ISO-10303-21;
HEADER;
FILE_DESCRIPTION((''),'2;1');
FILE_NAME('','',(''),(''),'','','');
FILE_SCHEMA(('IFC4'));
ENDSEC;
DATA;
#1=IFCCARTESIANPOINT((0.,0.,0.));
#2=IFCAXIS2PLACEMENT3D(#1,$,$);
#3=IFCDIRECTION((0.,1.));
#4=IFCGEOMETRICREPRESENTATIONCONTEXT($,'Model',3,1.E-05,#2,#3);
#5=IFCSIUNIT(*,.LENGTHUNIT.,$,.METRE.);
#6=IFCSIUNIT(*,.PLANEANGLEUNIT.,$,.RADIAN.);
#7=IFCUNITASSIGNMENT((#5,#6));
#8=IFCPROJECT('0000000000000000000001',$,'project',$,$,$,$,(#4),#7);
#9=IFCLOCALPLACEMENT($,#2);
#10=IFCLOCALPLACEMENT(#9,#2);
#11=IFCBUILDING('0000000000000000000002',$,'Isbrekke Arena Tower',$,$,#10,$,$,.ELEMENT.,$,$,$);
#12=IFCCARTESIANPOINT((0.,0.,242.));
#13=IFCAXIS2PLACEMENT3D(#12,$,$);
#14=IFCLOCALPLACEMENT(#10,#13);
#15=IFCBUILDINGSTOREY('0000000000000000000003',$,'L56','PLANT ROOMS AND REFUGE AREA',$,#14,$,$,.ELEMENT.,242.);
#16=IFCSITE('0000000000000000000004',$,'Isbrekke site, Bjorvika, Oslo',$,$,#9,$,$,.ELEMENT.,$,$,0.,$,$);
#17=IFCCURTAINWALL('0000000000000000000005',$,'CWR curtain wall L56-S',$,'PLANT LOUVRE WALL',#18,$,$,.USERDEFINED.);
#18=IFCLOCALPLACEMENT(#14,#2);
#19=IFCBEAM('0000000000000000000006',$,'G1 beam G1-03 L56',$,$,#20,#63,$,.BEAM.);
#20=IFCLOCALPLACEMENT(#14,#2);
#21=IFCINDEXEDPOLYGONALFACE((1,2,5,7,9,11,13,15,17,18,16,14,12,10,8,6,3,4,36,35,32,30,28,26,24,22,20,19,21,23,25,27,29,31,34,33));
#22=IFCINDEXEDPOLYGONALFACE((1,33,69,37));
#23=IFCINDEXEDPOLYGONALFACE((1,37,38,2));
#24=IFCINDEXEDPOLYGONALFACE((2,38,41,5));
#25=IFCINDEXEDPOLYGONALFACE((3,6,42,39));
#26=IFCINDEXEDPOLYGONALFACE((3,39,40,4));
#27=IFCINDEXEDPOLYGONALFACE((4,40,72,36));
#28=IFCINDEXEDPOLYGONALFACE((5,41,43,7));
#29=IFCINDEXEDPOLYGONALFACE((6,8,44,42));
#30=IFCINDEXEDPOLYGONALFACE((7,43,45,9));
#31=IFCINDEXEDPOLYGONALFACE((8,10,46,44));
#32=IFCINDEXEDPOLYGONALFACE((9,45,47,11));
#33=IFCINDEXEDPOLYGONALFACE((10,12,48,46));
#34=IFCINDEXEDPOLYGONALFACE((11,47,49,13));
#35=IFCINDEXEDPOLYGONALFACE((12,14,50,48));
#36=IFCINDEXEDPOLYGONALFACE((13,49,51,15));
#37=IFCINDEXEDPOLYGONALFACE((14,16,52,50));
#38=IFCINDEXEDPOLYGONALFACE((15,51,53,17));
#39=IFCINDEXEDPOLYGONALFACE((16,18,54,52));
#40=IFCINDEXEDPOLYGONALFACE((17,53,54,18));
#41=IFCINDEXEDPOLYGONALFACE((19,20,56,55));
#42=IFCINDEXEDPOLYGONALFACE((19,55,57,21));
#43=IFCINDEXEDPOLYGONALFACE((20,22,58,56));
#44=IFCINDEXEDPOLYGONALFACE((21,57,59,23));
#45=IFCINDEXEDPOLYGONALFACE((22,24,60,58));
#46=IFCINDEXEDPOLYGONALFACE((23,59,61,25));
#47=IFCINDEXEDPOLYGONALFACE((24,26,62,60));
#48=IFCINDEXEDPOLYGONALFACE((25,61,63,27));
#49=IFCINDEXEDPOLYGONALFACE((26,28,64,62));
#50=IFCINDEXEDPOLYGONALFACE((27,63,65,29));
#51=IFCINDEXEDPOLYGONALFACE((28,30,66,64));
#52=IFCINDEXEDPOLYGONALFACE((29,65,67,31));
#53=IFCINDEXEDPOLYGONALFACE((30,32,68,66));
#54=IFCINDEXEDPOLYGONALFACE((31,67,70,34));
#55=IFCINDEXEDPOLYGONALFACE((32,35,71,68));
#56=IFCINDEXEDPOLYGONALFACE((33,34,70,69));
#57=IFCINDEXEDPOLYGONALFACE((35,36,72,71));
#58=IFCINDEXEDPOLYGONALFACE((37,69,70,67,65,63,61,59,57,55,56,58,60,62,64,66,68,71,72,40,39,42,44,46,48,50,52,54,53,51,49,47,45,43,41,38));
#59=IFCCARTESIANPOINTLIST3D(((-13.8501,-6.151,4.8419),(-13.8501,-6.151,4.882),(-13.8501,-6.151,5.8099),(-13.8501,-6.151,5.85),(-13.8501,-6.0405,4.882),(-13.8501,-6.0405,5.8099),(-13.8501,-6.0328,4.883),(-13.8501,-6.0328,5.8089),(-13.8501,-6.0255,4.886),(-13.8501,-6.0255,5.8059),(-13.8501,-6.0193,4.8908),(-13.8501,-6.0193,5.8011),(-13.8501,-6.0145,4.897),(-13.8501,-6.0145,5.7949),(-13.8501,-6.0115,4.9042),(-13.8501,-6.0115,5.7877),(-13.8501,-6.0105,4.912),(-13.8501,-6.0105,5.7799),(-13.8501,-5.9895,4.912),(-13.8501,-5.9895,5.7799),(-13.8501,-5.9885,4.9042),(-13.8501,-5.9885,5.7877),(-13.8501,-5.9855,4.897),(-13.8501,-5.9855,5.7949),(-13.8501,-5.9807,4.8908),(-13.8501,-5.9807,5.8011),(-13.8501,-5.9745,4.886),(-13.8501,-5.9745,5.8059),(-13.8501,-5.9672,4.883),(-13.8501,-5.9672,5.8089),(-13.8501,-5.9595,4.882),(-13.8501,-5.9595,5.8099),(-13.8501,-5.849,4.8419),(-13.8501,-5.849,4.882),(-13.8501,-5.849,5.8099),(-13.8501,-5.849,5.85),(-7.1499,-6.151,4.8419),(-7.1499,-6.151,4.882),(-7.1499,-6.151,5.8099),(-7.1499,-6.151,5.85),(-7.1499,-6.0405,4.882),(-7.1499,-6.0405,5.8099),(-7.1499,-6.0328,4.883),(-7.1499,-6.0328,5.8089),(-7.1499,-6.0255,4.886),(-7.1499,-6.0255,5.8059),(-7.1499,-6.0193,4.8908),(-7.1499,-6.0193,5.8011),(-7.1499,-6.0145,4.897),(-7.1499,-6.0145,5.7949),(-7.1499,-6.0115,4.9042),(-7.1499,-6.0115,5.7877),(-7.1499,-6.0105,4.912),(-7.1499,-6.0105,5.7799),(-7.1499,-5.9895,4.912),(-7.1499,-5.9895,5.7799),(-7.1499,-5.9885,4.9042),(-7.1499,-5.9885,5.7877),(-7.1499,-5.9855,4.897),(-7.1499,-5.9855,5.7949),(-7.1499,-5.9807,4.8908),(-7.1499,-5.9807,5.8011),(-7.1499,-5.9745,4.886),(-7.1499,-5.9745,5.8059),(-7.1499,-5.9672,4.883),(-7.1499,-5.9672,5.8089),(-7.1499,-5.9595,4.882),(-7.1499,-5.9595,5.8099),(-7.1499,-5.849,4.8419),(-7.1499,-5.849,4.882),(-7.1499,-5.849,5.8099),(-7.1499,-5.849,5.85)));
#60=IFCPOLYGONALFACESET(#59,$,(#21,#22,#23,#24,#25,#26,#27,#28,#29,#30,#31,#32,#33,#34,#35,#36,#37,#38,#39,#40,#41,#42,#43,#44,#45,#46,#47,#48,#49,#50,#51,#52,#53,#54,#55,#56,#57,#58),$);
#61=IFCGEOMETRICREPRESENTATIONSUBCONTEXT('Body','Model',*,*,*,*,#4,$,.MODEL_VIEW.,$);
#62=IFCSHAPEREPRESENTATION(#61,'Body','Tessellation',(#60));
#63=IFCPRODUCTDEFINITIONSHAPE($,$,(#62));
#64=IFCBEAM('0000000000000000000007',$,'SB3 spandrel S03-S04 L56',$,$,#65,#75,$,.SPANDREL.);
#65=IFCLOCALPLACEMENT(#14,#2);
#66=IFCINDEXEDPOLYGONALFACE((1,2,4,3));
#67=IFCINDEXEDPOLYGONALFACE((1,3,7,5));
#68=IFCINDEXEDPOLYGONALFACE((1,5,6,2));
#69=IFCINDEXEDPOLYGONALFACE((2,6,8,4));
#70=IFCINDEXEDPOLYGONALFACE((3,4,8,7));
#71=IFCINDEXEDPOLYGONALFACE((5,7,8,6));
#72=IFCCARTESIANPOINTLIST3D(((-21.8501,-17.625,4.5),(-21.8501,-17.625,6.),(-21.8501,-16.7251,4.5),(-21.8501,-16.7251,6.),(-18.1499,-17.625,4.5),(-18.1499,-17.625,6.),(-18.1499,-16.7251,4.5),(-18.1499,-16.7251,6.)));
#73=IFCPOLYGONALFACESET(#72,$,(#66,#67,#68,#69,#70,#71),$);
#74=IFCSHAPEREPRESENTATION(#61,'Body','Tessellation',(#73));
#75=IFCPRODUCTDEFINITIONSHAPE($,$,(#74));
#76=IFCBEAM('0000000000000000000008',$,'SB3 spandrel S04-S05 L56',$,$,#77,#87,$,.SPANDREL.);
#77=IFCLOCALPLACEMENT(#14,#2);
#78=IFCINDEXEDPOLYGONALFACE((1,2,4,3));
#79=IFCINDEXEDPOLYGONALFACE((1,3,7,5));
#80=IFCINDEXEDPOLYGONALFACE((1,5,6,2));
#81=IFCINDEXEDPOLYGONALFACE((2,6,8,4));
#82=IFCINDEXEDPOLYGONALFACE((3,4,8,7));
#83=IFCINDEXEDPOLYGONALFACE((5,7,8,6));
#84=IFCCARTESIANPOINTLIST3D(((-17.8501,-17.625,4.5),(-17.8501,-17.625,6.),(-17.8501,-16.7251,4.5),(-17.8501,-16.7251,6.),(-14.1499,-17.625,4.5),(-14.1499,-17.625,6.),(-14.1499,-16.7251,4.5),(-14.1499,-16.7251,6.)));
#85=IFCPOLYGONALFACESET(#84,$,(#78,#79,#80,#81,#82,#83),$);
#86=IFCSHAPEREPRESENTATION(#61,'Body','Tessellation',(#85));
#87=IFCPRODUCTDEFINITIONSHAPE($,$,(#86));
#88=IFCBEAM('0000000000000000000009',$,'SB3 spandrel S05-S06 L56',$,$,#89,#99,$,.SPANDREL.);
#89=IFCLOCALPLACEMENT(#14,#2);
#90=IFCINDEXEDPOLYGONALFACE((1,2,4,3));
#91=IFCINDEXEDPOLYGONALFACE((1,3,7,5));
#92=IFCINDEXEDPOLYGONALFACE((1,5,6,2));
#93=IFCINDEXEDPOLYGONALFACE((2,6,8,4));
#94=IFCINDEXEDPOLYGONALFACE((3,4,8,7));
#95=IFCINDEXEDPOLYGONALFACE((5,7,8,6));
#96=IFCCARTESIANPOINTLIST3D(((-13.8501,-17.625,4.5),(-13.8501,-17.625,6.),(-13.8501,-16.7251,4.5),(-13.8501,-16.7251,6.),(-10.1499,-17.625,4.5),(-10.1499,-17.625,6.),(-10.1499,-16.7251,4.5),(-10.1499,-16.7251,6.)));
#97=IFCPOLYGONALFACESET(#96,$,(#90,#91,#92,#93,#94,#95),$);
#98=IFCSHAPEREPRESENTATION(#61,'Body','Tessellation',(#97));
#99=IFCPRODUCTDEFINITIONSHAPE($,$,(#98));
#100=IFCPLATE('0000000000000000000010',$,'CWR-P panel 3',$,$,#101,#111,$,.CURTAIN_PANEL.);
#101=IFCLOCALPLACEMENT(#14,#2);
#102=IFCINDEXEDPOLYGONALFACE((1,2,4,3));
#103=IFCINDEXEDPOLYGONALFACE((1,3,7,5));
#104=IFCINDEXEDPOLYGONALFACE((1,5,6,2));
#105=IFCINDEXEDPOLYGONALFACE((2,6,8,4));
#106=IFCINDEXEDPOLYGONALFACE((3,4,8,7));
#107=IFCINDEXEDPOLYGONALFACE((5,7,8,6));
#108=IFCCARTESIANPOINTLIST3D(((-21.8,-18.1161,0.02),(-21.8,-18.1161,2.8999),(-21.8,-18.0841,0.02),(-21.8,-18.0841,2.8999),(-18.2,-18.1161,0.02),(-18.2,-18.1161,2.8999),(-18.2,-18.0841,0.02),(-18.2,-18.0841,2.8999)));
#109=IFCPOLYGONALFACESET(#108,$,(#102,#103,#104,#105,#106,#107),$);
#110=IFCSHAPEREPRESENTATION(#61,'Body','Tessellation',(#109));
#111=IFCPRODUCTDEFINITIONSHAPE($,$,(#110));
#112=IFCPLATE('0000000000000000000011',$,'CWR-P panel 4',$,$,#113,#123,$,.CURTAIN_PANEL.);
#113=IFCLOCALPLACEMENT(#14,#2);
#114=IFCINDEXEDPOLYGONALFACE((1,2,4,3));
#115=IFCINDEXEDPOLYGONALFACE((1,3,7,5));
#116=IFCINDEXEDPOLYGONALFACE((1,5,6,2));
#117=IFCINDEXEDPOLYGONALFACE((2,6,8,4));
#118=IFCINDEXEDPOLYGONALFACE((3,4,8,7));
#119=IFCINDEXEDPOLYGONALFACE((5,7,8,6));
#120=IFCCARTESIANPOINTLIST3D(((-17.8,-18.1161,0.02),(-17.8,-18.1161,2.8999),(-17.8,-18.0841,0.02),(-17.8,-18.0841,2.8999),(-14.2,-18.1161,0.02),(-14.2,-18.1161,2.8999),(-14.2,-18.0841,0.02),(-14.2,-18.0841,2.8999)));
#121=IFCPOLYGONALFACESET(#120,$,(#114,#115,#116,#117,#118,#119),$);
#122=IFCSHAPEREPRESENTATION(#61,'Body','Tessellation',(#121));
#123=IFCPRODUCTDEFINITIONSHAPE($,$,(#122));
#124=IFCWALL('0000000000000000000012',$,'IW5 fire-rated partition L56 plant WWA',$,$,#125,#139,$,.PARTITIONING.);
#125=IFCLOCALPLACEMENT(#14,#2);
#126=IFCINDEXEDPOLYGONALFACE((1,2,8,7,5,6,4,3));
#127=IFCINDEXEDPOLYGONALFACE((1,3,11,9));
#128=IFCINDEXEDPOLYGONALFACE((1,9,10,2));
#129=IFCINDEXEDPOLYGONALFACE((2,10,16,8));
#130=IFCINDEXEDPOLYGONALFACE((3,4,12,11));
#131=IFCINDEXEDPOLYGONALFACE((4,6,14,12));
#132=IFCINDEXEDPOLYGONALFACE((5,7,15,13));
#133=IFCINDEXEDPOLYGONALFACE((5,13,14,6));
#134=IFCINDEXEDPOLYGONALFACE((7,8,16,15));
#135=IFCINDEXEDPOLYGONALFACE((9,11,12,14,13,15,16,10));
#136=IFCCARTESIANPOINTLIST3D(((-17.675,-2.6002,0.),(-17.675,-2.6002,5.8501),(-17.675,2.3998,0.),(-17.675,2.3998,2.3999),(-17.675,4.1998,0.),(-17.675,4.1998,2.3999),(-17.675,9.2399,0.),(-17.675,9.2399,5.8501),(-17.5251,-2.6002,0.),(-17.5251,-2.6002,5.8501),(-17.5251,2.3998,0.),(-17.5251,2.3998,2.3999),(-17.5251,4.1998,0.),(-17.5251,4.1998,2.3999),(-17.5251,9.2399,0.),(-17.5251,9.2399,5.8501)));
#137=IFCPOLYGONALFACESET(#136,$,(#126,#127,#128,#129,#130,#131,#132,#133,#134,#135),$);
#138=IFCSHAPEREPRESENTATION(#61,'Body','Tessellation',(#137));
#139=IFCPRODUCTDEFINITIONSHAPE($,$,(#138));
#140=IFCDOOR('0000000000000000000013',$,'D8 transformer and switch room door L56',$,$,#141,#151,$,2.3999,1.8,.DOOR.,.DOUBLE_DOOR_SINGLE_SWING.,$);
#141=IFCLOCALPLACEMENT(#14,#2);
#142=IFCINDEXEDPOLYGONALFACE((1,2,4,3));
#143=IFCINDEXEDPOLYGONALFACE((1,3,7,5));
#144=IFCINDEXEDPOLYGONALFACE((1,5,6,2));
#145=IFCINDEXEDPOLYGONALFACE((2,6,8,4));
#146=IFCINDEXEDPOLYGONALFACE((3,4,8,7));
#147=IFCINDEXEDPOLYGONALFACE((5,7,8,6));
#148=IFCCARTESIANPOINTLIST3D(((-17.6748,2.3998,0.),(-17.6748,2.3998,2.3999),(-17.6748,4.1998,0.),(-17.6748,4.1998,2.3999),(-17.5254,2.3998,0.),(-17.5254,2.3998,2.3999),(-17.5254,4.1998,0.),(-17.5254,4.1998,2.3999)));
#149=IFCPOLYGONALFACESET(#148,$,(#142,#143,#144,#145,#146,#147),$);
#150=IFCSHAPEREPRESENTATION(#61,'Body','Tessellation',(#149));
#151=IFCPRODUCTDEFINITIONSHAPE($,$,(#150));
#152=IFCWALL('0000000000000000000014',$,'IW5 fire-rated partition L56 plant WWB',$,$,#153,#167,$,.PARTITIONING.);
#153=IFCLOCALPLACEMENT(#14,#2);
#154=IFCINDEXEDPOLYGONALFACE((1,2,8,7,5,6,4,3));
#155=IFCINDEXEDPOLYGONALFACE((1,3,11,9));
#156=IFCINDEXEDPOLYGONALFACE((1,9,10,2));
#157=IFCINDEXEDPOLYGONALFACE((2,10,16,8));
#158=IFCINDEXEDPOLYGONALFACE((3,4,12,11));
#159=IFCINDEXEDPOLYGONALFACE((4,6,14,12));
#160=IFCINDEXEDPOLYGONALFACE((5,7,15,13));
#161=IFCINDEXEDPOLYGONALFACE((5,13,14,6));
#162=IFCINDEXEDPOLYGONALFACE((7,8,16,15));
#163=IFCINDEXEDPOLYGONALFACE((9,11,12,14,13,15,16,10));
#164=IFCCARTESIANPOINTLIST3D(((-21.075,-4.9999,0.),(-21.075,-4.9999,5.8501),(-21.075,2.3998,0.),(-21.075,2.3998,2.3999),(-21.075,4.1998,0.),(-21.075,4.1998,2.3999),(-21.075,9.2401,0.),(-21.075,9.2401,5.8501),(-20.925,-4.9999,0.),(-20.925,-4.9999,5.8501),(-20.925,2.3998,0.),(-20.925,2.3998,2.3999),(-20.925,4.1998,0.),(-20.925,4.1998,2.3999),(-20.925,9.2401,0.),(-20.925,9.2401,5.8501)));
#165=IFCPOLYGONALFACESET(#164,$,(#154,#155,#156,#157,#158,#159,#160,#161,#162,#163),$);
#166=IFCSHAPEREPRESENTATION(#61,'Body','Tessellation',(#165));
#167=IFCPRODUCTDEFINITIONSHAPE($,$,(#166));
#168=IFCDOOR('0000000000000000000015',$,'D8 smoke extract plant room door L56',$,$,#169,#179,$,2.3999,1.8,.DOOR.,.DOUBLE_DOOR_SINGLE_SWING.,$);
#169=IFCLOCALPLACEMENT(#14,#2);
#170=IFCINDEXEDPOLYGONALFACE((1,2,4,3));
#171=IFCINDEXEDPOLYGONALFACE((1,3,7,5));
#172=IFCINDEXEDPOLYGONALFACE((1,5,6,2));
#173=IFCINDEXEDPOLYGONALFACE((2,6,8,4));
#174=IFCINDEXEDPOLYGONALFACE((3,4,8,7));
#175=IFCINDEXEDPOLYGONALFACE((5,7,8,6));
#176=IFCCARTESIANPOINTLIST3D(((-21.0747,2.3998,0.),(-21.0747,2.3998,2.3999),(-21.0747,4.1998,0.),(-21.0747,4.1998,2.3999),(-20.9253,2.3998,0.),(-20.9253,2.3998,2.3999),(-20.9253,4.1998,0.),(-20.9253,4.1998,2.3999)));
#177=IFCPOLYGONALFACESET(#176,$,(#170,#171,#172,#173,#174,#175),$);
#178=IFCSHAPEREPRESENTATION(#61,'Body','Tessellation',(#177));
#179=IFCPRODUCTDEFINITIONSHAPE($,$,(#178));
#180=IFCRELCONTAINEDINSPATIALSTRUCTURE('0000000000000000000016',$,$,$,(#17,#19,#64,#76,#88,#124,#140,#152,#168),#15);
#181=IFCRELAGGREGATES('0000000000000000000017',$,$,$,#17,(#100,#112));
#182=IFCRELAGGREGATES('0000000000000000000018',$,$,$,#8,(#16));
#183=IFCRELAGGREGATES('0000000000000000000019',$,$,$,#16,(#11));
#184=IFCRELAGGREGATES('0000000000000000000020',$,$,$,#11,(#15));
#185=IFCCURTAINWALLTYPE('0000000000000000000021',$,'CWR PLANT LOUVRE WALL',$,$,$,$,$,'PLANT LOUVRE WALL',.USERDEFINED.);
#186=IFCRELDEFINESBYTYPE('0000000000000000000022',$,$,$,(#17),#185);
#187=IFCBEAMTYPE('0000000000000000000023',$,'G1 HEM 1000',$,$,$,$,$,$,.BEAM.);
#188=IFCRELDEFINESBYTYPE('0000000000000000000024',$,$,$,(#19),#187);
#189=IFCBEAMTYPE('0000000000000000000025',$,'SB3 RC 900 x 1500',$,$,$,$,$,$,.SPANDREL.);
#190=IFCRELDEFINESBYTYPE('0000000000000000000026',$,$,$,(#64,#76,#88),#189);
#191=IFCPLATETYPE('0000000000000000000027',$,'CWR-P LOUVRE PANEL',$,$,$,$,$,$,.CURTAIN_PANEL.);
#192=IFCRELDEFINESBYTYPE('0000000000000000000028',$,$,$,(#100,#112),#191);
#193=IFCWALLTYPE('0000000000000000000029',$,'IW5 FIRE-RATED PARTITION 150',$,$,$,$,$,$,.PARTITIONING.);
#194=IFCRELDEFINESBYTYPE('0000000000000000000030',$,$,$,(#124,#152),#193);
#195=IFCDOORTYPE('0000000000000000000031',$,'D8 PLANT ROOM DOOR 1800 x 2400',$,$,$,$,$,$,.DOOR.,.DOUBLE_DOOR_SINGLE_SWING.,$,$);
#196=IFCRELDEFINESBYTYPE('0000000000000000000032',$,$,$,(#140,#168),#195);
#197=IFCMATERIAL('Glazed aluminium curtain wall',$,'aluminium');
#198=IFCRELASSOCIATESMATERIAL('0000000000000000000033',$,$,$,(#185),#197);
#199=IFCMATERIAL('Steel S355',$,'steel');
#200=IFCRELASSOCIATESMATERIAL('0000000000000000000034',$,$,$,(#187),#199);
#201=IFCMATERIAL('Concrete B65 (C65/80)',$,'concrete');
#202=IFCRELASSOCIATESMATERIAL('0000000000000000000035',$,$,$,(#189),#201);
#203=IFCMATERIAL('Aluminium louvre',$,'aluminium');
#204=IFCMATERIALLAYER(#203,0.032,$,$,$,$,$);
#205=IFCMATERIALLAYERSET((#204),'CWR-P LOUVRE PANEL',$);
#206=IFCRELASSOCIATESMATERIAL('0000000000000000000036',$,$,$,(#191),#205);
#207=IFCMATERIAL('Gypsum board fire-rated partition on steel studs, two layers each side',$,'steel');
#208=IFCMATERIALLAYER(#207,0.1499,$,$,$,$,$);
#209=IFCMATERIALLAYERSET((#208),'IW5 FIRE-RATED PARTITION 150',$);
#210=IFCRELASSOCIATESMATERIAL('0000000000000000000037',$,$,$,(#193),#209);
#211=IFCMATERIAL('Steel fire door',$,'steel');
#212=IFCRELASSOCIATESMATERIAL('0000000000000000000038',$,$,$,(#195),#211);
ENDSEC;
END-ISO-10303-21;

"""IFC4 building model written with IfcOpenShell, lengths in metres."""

from ifc_helpers import new_model, si_unit, direction, frame, frame_2d, origin, origin_2d, place, context, subcontext, project, spatial, rectangle, i_section, extrude, material, layer, layer_set, material_profile, profile_set, type_object, element, fill, aggregate, save


model = new_model("IFC4")

# Units and contexts
model_context = context("Model", 3, precision=1e-05, world=origin(), true_north=direction((0.0, 1.0)))
body_context = subcontext(model_context, "Body", "Model", "MODEL_VIEW")
ifc_project = project(units=[si_unit("LENGTHUNIT", "METRE"), si_unit("PLANEANGLEUNIT", "RADIAN")], contexts=[model_context])

# Site, building, storey
site_placement = place(None, origin())
site = spatial("IfcSite", under=ifc_project, at=site_placement, Name="Isbrekke site, Bjorvika, Oslo", CompositionType="ELEMENT", RefElevation=0.0)
building_placement = place(site_placement, origin())
building = spatial("IfcBuilding", under=site, at=building_placement, Name="Isbrekke Arena Tower", CompositionType="ELEMENT")
storey_placement = place(building_placement, frame((0.0, 0.0, 242.0)))
storey = spatial("IfcBuildingStorey", under=building, at=storey_placement, Name="L56", Description="PLANT ROOMS AND REFUGE AREA", CompositionType="ELEMENT", Elevation=242.0)

# Curtain wall
ifc_material_1 = material(Name="Glazed aluminium curtain wall", Category="aluminium")
curtain_wall_type = type_object("IfcCurtainWallType", Name="CWR PLANT LOUVRE WALL", ElementType="PLANT LOUVRE WALL", PredefinedType="USERDEFINED", material=ifc_material_1)
curtain_wall_placement = place(storey_placement, origin())
curtain_wall = element("IfcCurtainWall", 1, at=curtain_wall_placement, inside=storey, type_object=curtain_wall_type, Name="CWR curtain wall L56-S", ObjectType="PLANT LOUVRE WALL", PredefinedType="USERDEFINED")

# Beams
ifc_material_2 = material(Name="Steel S355", Category="steel")
ifc_material_profile_1 = material_profile(ifc_material_2, i_section(OverallWidth=0.302, OverallDepth=1.0081, WebThickness=0.021, FlangeThickness=0.04, FilletRadius=0.03, at=origin_2d()), Name="HEM 1000")
ifc_profile_set_1 = profile_set([ifc_material_profile_1], Name="Steel S355")
beam_type_1 = type_object("IfcBeamType", Name="G1 HEM 1000", PredefinedType="BEAM", material=ifc_profile_set_1)
for number, where, z_axis, x_axis, name in (
    (2, (-13.8501, -6.0, 5.3459), (1.0, 0.0, 0.0), (0.0, 1.0, 0.0), "G1 beam G1-03 L56"),
):
    element("IfcBeam", number, at=place(storey_placement, frame(where, z_axis=z_axis, x_axis=x_axis)), inside=storey, type_object=beam_type_1, Name=name, PredefinedType="BEAM", context=body_context, shape_type="SweptSolid", body=[
        extrude(i_section(OverallWidth=0.302, OverallDepth=1.0081, WebThickness=0.021, FlangeThickness=0.04, FilletRadius=0.03, at=origin_2d()), origin(), (0.0, 0.0, 1.0), 6.7002),
    ])
ifc_material_3 = material(Name="Concrete B65 (C65/80)", Category="concrete")
ifc_material_profile_2 = material_profile(ifc_material_3, rectangle(XDim=0.8999, YDim=1.5, at=origin_2d()), Name="RC 900x1500")
ifc_profile_set_2 = profile_set([ifc_material_profile_2], Name="Concrete B65 (C65/80)")
beam_type_2 = type_object("IfcBeamType", Name="SB3 RC 900 x 1500", PredefinedType="SPANDREL", material=ifc_profile_set_2)
for number, where, z_axis, x_axis, name in (
    (3, (-21.8501, -17.175, 5.25), (1.0, 0.0, 0.0), (0.0, 1.0, 0.0), "SB3 spandrel S03-S04 L56"),
    (4, (-17.8501, -17.175, 5.25), (1.0, 0.0, 0.0), (0.0, 1.0, 0.0), "SB3 spandrel S04-S05 L56"),
    (5, (-13.8501, -17.175, 5.25), (1.0, 0.0, 0.0), (0.0, 1.0, 0.0), "SB3 spandrel S05-S06 L56"),
):
    element("IfcBeam", number, at=place(storey_placement, frame(where, z_axis=z_axis, x_axis=x_axis)), inside=storey, type_object=beam_type_2, Name=name, PredefinedType="SPANDREL", context=body_context, shape_type="SweptSolid", body=[
        extrude(rectangle(XDim=0.8999, YDim=1.5, at=origin_2d()), origin(), (0.0, 0.0, 1.0), 3.7002),
    ])

# Plates
ifc_material_4 = material(Name="Aluminium louvre", Category="aluminium")
ifc_layer_1 = layer(ifc_material_4, 0.032)
ifc_layer_set_1 = layer_set([ifc_layer_1], Name="CWR-P LOUVRE PANEL")
plate_type = type_object("IfcPlateType", Name="CWR-P LOUVRE PANEL", PredefinedType="CURTAIN_PANEL", material=ifc_layer_set_1)
plate_1_placement = place(storey_placement, frame((-20.0, -18.1001, 0.02), z_axis=(0.0, 0.0, 1.0), x_axis=(1.0, 0.0, 0.0)))
plate_1 = element("IfcPlate", 6, at=plate_1_placement, type_object=plate_type, Name="CWR-P panel 3", PredefinedType="CURTAIN_PANEL", context=body_context, shape_type="SweptSolid", body=[
    extrude(rectangle(XDim=3.6001, YDim=0.032, at=origin_2d()), origin(), (0.0, 0.0, 1.0), 2.8799),
])
plate_2_placement = place(storey_placement, frame((-16.0, -18.1001, 0.02), z_axis=(0.0, 0.0, 1.0), x_axis=(1.0, 0.0, 0.0)))
plate_2 = element("IfcPlate", 7, at=plate_2_placement, type_object=plate_type, Name="CWR-P panel 4", PredefinedType="CURTAIN_PANEL", context=body_context, shape_type="SweptSolid", body=[
    extrude(rectangle(XDim=3.6001, YDim=0.032, at=origin_2d()), origin(), (0.0, 0.0, 1.0), 2.8799),
])
aggregate(curtain_wall, [plate_1, plate_2])

# Walls, openings, doors
ifc_material_5 = material(Name="Gypsum board fire-rated partition on steel studs, two layers each side", Category="steel")
ifc_layer_2 = layer(ifc_material_5, 0.1499)
ifc_layer_set_2 = layer_set([ifc_layer_2], Name="IW5 FIRE-RATED PARTITION 150")
wall_type = type_object("IfcWallType", Name="IW5 FIRE-RATED PARTITION 150", PredefinedType="PARTITIONING", material=ifc_layer_set_2)
wall_1_placement = place(storey_placement, frame((-17.6001, -2.6001, 0.0), z_axis=(0.0, 0.0, 1.0), x_axis=(0.0, 1.0, 0.0)))
wall_1 = element("IfcWall", 8, at=wall_1_placement, inside=storey, type_object=wall_type, Name="IW5 fire-rated partition L56 plant WWA", PredefinedType="PARTITIONING", context=body_context, shape_type="SweptSolid", body=[
    extrude(rectangle(XDim=11.8401, YDim=0.1499, at=frame_2d((5.9199, 0.0))), origin(), (0.0, 0.0, 1.0), 5.8501),
])
opening_1_placement = place(wall_1_placement, frame((5.0, 0.0, 0.0)))
opening_1 = element("IfcOpeningElement", 9, at=opening_1_placement, cuts=wall_1, PredefinedType="OPENING", context=body_context, shape_type="SweptSolid", body=[
    extrude(rectangle(XDim=1.8, YDim=2.3999, at=frame_2d((0.8999, 1.2))), frame((0.0, 0.0898, 0.0), z_axis=(0.0, -1.0, 0.0), x_axis=(1.0, 0.0, 0.0)), (0.0, 0.0, 1.0), 0.1797),
])
ifc_material_6 = material(Name="Steel fire door", Category="steel")
door_type = type_object("IfcDoorType", Name="D8 PLANT ROOM DOOR 1800 x 2400", OperationType="DOUBLE_DOOR_SINGLE_SWING", PredefinedType="DOOR", material=ifc_material_6)
door_1_placement = place(opening_1_placement, origin())
door_1 = element("IfcDoor", 10, at=door_1_placement, inside=storey, type_object=door_type, Name="D8 transformer and switch room door L56", OperationType="DOUBLE_DOOR_SINGLE_SWING", OverallHeight=2.3999, OverallWidth=1.8, PredefinedType="DOOR", context=body_context, shape_type="SweptSolid", body=[
    extrude(rectangle(XDim=1.8, YDim=2.3999, at=frame_2d((0.8999, 1.2))), frame((0.0, 0.0747, 0.0), z_axis=(0.0, -1.0, 0.0), x_axis=(1.0, 0.0, 0.0)), (0.0, 0.0, 1.0), 0.1494),
])
fill(opening_1, door_1)
wall_2_placement = place(storey_placement, frame((-21.0, -5.0, 0.0), z_axis=(0.0, 0.0, 1.0), x_axis=(0.0, 1.0, 0.0)))
wall_2 = element("IfcWall", 11, at=wall_2_placement, inside=storey, type_object=wall_type, Name="IW5 fire-rated partition L56 plant WWB", PredefinedType="PARTITIONING", context=body_context, shape_type="SweptSolid", body=[
    extrude(rectangle(XDim=14.24, YDim=0.1499, at=frame_2d((7.1201, 0.0))), origin(), (0.0, 0.0, 1.0), 5.8501),
])
opening_2_placement = place(wall_2_placement, frame((7.3999, 0.0, 0.0)))
opening_2 = element("IfcOpeningElement", 12, at=opening_2_placement, cuts=wall_2, PredefinedType="OPENING", context=body_context, shape_type="SweptSolid", body=[
    extrude(rectangle(XDim=1.8, YDim=2.3999, at=frame_2d((0.8999, 1.2))), frame((0.0, 0.0898, 0.0), z_axis=(0.0, -1.0, 0.0), x_axis=(1.0, 0.0, 0.0)), (0.0, 0.0, 1.0), 0.1797),
])
door_2_placement = place(opening_2_placement, origin())
door_2 = element("IfcDoor", 13, at=door_2_placement, inside=storey, type_object=door_type, Name="D8 smoke extract plant room door L56", OperationType="DOUBLE_DOOR_SINGLE_SWING", OverallHeight=2.3999, OverallWidth=1.8, PredefinedType="DOOR", context=body_context, shape_type="SweptSolid", body=[
    extrude(rectangle(XDim=1.8, YDim=2.3999, at=frame_2d((0.8999, 1.2))), frame((0.0, 0.0747, 0.0), z_axis=(0.0, -1.0, 0.0), x_axis=(1.0, 0.0, 0.0)), (0.0, 0.0, 1.0), 0.1494),
])
fill(opening_2, door_2)

save(model, "model.ifc")
